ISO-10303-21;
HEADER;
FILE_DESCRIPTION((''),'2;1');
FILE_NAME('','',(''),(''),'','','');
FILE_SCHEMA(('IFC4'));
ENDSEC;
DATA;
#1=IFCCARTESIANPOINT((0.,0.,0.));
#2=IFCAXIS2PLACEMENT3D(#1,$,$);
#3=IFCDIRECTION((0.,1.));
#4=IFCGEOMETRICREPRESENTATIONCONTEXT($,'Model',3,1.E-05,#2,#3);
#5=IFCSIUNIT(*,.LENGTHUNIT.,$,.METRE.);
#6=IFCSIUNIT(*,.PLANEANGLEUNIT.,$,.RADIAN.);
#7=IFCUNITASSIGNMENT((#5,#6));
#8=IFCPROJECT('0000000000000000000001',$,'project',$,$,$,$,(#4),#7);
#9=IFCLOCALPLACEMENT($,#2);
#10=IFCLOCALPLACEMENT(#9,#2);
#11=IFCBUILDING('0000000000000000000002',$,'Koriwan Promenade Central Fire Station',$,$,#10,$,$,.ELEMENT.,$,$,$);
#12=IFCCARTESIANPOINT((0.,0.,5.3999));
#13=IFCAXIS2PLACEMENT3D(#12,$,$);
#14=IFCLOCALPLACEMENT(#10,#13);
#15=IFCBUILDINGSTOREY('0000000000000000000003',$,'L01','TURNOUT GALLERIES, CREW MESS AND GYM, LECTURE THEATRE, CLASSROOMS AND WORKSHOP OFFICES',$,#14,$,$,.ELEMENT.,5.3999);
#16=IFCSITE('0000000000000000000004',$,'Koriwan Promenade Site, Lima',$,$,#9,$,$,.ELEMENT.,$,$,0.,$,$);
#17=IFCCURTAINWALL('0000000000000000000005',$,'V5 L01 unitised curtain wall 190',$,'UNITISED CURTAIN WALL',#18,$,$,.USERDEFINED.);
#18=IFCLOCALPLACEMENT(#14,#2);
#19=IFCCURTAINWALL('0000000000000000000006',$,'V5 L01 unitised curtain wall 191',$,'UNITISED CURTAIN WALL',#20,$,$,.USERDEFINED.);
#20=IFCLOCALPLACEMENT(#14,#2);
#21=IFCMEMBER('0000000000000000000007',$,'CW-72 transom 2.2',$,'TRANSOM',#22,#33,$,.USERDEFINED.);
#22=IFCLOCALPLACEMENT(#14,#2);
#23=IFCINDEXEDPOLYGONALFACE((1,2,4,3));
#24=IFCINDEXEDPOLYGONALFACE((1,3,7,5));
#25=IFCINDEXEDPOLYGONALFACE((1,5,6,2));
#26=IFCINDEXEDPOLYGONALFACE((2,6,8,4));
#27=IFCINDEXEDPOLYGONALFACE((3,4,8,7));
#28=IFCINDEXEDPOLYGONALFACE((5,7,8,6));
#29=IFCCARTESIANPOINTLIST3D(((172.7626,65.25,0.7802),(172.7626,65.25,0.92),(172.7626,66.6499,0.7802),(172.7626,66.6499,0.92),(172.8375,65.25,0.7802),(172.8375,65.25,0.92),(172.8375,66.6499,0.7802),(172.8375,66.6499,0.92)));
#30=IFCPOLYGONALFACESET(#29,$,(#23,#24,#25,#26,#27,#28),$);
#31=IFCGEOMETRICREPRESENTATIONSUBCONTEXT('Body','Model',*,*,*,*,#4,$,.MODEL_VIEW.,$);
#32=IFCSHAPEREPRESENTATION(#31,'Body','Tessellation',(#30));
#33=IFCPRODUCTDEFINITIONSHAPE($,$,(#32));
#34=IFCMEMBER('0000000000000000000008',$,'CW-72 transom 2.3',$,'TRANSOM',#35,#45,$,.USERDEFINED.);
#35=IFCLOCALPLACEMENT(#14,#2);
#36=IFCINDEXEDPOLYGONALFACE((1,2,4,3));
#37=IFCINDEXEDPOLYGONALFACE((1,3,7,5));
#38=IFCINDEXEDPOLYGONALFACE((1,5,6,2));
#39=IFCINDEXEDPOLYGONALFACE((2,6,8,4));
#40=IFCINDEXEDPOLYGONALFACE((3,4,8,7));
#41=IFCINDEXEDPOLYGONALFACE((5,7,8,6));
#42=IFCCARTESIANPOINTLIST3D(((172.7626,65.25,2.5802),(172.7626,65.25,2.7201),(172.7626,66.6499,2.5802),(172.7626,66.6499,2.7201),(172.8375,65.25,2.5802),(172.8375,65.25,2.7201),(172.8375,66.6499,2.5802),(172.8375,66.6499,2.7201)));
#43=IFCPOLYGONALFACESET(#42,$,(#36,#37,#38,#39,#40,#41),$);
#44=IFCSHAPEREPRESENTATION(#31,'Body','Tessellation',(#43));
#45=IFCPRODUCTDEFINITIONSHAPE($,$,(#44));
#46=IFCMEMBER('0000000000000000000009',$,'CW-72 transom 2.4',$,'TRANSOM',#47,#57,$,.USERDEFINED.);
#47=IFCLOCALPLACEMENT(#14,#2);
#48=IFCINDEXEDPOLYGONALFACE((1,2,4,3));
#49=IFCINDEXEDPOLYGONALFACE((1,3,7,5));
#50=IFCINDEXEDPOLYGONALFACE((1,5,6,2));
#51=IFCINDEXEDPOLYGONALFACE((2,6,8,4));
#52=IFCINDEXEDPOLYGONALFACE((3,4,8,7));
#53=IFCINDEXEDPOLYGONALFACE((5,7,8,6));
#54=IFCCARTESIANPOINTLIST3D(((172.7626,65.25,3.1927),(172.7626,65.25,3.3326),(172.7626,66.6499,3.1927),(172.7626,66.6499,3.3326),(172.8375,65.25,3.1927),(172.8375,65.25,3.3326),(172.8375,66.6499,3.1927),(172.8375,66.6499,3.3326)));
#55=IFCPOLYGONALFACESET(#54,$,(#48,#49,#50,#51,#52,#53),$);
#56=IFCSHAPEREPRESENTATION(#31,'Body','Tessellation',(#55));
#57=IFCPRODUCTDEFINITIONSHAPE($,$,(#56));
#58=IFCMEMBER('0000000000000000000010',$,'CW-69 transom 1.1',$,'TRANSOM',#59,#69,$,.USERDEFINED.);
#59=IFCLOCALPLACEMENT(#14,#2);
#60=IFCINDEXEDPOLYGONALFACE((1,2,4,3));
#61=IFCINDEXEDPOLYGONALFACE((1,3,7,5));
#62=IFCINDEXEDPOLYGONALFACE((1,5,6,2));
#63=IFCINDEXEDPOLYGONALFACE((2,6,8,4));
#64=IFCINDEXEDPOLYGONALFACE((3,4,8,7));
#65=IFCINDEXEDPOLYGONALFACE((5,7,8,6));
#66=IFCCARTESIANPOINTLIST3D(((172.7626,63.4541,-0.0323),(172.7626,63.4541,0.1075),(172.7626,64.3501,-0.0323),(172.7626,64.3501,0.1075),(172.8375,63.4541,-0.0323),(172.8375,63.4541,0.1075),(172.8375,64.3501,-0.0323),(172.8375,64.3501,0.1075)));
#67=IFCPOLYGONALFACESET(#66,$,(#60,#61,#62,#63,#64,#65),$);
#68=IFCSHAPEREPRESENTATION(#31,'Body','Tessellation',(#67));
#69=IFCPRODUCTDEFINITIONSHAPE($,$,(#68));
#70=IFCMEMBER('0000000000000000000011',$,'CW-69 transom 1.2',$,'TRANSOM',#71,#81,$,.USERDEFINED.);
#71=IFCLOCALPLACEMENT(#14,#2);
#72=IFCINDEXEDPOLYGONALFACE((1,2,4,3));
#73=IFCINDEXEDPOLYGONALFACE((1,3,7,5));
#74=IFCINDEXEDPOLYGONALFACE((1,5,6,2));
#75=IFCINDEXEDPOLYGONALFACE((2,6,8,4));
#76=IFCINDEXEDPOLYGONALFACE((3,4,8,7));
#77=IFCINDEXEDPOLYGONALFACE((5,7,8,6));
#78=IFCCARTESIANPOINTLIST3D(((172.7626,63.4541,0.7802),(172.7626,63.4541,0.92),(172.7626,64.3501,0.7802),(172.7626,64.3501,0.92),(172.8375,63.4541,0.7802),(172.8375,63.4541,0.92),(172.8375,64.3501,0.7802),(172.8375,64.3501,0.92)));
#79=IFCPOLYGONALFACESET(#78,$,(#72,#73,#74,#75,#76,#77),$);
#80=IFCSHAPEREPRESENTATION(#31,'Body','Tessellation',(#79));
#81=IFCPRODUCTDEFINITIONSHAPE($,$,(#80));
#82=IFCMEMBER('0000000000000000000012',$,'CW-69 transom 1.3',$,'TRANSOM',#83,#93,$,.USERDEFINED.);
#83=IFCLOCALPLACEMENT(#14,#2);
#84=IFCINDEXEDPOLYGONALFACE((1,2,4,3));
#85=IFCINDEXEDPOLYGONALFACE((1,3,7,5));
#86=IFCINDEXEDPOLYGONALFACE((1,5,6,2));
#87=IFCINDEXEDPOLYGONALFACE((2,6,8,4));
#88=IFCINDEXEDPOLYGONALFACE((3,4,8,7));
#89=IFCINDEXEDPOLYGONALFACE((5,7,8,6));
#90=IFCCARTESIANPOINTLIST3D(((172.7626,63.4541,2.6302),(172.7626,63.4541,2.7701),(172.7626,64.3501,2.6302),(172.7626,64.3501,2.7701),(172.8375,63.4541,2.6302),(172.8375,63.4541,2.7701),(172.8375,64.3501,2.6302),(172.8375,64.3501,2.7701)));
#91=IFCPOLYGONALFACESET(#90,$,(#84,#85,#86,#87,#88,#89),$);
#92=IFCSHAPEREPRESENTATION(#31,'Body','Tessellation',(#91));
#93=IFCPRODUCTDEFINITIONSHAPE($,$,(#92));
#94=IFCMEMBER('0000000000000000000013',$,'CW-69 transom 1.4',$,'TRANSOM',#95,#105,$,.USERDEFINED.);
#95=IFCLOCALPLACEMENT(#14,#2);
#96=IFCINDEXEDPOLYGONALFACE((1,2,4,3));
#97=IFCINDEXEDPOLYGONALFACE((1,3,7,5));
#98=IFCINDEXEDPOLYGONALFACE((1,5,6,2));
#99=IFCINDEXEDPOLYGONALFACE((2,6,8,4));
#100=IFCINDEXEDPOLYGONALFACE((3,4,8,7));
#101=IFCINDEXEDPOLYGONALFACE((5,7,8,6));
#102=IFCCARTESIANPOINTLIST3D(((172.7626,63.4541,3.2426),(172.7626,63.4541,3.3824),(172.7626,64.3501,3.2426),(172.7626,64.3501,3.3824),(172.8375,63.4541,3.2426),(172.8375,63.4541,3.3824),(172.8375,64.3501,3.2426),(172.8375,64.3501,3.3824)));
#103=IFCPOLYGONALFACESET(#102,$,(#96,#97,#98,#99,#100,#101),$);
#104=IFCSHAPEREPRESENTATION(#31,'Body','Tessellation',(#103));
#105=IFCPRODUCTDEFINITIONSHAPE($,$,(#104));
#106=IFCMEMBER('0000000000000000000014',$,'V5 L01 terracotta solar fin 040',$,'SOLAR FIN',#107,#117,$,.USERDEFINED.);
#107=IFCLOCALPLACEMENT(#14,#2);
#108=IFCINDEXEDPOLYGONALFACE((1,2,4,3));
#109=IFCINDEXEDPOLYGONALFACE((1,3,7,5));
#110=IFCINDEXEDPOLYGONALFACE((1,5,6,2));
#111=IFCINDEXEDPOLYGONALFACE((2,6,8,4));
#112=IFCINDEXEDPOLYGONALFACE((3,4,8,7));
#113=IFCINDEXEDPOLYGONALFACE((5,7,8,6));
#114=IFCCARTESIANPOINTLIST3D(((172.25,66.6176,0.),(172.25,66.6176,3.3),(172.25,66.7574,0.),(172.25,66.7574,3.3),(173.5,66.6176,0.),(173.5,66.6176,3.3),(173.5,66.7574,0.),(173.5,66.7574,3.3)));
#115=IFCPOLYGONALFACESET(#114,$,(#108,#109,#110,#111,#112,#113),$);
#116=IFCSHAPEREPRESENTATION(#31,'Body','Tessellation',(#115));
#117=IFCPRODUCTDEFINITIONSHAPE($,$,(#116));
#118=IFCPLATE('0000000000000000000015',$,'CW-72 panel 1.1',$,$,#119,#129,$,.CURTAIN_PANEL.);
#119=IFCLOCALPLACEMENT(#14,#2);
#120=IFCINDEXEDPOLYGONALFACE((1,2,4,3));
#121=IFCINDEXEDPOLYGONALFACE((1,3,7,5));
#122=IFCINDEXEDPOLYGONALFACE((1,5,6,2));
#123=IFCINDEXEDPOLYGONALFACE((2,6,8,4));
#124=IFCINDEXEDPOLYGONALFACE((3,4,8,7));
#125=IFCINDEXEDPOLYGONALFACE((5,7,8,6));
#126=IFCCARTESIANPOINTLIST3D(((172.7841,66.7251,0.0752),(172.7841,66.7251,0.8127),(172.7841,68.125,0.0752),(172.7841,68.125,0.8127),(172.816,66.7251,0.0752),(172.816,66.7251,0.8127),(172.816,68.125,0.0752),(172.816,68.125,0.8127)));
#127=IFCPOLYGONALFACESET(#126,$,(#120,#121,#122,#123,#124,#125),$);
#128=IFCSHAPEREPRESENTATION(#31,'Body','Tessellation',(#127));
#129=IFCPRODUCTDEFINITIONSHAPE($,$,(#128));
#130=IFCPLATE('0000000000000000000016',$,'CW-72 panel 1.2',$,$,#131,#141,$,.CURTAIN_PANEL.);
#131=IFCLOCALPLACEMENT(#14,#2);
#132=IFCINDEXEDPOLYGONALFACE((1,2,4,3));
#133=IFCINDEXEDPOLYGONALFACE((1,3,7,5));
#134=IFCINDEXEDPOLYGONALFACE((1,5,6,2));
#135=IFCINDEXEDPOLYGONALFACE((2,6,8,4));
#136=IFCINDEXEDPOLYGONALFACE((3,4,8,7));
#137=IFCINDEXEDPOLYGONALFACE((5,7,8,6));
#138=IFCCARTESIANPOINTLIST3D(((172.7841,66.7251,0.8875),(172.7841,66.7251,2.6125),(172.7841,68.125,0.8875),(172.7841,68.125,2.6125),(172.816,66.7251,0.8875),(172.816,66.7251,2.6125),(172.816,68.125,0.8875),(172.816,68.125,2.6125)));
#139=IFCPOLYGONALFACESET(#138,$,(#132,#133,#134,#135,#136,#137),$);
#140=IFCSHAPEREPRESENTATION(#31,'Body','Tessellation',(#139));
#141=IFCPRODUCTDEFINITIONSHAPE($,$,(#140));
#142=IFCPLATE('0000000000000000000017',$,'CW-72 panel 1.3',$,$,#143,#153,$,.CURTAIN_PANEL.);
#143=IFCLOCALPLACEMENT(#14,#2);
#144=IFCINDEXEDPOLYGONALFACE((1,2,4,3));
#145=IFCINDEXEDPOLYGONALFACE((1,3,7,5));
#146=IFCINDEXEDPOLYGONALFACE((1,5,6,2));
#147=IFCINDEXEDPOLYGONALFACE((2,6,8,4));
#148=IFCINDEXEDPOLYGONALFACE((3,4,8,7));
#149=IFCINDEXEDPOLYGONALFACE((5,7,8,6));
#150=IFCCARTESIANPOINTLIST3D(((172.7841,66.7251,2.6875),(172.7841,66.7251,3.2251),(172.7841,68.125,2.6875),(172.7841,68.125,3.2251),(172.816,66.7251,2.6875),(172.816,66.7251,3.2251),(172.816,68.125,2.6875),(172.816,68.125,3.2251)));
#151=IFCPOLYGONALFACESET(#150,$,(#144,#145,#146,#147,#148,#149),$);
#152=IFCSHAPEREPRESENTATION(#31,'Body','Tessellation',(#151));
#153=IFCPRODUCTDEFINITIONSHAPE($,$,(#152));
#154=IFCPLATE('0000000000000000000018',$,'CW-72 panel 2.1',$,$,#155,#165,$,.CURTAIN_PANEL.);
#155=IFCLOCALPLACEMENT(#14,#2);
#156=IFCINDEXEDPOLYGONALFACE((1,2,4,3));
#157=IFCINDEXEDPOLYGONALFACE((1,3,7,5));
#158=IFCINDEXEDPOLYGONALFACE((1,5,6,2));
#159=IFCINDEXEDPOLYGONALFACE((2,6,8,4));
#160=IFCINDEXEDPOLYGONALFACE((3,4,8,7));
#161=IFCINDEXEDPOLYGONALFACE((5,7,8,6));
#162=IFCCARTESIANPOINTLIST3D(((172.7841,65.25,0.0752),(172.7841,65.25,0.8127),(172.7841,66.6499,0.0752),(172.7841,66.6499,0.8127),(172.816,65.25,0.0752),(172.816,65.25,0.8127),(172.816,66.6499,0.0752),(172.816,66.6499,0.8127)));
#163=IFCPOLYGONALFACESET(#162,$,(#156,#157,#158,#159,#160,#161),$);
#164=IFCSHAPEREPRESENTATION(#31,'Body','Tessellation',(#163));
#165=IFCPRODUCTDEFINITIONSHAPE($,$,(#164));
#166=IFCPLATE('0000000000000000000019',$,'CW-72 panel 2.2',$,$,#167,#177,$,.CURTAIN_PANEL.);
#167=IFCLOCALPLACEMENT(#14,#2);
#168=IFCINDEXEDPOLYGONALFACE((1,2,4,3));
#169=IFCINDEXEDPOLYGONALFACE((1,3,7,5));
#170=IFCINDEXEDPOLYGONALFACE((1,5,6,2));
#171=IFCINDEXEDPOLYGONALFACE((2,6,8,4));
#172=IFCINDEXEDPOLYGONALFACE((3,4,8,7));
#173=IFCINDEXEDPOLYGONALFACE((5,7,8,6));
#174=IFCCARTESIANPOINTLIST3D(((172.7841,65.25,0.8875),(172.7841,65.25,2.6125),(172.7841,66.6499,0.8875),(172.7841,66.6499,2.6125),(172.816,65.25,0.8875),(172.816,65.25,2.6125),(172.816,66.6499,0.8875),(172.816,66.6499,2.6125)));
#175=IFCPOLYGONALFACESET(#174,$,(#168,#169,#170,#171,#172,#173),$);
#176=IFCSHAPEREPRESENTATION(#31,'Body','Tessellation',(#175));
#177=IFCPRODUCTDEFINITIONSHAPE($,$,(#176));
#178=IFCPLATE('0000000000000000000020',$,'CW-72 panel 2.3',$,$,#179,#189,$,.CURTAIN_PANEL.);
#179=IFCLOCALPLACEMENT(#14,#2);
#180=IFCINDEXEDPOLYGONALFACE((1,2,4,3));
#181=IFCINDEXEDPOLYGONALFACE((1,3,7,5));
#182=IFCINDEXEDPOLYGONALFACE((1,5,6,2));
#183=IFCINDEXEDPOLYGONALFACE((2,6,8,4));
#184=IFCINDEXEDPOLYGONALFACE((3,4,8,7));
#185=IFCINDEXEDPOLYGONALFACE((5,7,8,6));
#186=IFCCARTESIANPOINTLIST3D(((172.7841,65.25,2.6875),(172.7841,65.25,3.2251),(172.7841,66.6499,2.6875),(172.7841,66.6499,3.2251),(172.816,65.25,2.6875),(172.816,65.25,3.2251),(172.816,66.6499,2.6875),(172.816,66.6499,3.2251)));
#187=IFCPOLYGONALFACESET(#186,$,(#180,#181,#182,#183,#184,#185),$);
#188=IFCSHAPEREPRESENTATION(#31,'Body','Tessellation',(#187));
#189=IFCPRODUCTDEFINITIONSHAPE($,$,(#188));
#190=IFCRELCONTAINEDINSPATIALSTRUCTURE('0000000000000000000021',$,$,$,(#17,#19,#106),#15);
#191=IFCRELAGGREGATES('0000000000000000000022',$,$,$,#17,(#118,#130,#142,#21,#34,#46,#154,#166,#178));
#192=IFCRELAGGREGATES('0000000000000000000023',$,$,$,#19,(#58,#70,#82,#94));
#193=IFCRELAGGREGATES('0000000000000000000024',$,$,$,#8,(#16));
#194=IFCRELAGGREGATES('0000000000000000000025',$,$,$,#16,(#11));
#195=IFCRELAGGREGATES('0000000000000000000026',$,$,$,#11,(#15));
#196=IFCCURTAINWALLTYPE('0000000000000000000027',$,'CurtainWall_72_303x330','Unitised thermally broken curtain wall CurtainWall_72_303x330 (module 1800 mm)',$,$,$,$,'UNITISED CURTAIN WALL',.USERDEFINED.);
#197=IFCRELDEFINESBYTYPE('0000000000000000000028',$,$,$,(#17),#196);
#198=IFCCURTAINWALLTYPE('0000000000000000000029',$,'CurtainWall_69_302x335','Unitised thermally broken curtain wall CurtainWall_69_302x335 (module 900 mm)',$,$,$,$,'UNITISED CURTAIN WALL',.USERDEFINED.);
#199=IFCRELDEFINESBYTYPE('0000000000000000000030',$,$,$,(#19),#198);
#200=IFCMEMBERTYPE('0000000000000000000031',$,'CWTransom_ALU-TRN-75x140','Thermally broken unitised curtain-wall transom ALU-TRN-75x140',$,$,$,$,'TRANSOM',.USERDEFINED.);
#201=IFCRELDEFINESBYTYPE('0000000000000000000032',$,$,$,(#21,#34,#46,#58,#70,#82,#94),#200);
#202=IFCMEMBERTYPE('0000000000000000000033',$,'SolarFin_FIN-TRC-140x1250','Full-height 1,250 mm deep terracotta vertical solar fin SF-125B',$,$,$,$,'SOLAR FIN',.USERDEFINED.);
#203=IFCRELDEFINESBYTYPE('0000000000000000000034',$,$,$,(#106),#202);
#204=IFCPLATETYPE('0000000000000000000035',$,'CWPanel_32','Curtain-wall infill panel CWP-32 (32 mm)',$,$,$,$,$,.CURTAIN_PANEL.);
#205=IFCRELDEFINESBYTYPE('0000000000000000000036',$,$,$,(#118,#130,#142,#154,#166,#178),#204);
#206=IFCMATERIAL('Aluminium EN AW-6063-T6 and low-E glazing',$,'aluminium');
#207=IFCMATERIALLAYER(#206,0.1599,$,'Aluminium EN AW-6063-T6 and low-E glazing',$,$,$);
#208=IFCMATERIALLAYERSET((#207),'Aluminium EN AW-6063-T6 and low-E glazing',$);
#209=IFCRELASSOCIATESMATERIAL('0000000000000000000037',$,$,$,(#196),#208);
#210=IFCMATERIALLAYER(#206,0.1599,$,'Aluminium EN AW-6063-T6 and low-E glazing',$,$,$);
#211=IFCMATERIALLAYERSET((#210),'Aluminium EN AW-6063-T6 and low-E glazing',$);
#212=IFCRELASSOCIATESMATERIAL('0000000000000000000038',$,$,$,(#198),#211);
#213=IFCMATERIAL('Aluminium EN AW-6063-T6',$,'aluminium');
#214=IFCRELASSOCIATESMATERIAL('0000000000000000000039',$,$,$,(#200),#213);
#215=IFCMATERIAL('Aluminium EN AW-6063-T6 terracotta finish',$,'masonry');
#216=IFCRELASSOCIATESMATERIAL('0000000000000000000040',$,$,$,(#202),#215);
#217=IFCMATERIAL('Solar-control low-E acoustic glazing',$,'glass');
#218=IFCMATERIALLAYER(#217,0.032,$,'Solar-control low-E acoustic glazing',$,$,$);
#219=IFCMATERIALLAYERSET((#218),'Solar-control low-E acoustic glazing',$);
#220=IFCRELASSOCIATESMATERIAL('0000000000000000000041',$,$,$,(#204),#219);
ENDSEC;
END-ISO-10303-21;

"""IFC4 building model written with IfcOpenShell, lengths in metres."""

from ifc_helpers import new_model, si_unit, direction, frame, origin, origin_2d, place, context, subcontext, project, spatial, rectangle, extrude, material, layer, layer_set, material_profile, profile_set, type_object, element, aggregate, save


model = new_model("IFC4")

# Units and contexts
model_context = context("Model", 3, precision=1e-05, world=origin(), true_north=direction((0.0, 1.0)))
body_context = subcontext(model_context, "Body", "Model", "MODEL_VIEW")
ifc_project = project(units=[si_unit("LENGTHUNIT", "METRE"), si_unit("PLANEANGLEUNIT", "RADIAN")], contexts=[model_context])

# Site, building, storey
site_placement = place(None, origin())
site = spatial("IfcSite", under=ifc_project, at=site_placement, Name="Koriwan Promenade Site, Lima", CompositionType="ELEMENT", RefElevation=0.0)
building_placement = place(site_placement, origin())
building = spatial("IfcBuilding", under=site, at=building_placement, Name="Koriwan Promenade Central Fire Station", CompositionType="ELEMENT")
storey_placement = place(building_placement, frame((0.0, 0.0, 5.3999)))
storey = spatial("IfcBuildingStorey", under=building, at=storey_placement, Name="L01", Description="TURNOUT GALLERIES, CREW MESS AND GYM, LECTURE THEATRE, CLASSROOMS AND WORKSHOP OFFICES", CompositionType="ELEMENT", Elevation=5.3999)

# Curtain wall
ifc_material_1 = material(Name="Aluminium EN AW-6063-T6 and low-E glazing", Category="aluminium")
ifc_layer_1 = layer(ifc_material_1, 0.1599, Name="Aluminium EN AW-6063-T6 and low-E glazing")
ifc_layer_set_1 = layer_set([ifc_layer_1], Name="Aluminium EN AW-6063-T6 and low-E glazing")
curtain_wall_type_1 = type_object("IfcCurtainWallType", Name="CurtainWall_72_303x330", Description="Unitised thermally broken curtain wall CurtainWall_72_303x330 (module 1800 mm)", ElementType="UNITISED CURTAIN WALL", PredefinedType="USERDEFINED", material=ifc_layer_set_1)
curtain_wall_1_placement = place(storey_placement, origin())
curtain_wall_1 = element("IfcCurtainWall", 1, at=curtain_wall_1_placement, inside=storey, type_object=curtain_wall_type_1, Name="V5 L01 unitised curtain wall 190", ObjectType="UNITISED CURTAIN WALL", PredefinedType="USERDEFINED")
ifc_material_2 = material(Name="Aluminium EN AW-6063-T6", Category="aluminium")

# Curtain wall
ifc_layer_2 = layer(ifc_material_1, 0.1599, Name="Aluminium EN AW-6063-T6 and low-E glazing")
ifc_layer_set_2 = layer_set([ifc_layer_2], Name="Aluminium EN AW-6063-T6 and low-E glazing")
curtain_wall_type_2 = type_object("IfcCurtainWallType", Name="CurtainWall_69_302x335", Description="Unitised thermally broken curtain wall CurtainWall_69_302x335 (module 900 mm)", ElementType="UNITISED CURTAIN WALL", PredefinedType="USERDEFINED", material=ifc_layer_set_2)
curtain_wall_2_placement = place(storey_placement, origin())
curtain_wall_2 = element("IfcCurtainWall", 2, at=curtain_wall_2_placement, inside=storey, type_object=curtain_wall_type_2, Name="V5 L01 unitised curtain wall 191", ObjectType="UNITISED CURTAIN WALL", PredefinedType="USERDEFINED")

# Members
ifc_material_profile_1 = material_profile(ifc_material_2, rectangle(XDim=0.075, YDim=0.1399, at=origin_2d()), Name="ALU-TRN-75x140")
ifc_profile_set_1 = profile_set([ifc_material_profile_1], Name="Aluminium EN AW-6063-T6")
member_type_1 = type_object("IfcMemberType", Name="CWTransom_ALU-TRN-75x140", Description="Thermally broken unitised curtain-wall transom ALU-TRN-75x140", ElementType="TRANSOM", PredefinedType="USERDEFINED", material=ifc_profile_set_1)
member_1_placement = place(storey_placement, frame((172.8, 66.6499, 0.8501), z_axis=(0.0, -1.0, 0.0), x_axis=(1.0, 0.0, 0.0)))
member_1 = element("IfcMember", 3, at=member_1_placement, type_object=member_type_1, Name="CW-72 transom 2.2", ObjectType="TRANSOM", PredefinedType="USERDEFINED", context=body_context, shape_type="SweptSolid", body=[
    extrude(rectangle(XDim=0.075, YDim=0.1399, at=origin_2d()), origin(), (0.0, 0.0, 1.0), 1.3999),
])
member_2_placement = place(storey_placement, frame((172.8, 66.6499, 2.6501), z_axis=(0.0, -1.0, 0.0), x_axis=(1.0, 0.0, 0.0)))
member_2 = element("IfcMember", 4, at=member_2_placement, type_object=member_type_1, Name="CW-72 transom 2.3", ObjectType="TRANSOM", PredefinedType="USERDEFINED", context=body_context, shape_type="SweptSolid", body=[
    extrude(rectangle(XDim=0.075, YDim=0.1399, at=origin_2d()), origin(), (0.0, 0.0, 1.0), 1.3999),
])
member_3_placement = place(storey_placement, frame((172.8, 66.6499, 3.2627), z_axis=(0.0, -1.0, 0.0), x_axis=(1.0, 0.0, 0.0)))
member_3 = element("IfcMember", 5, at=member_3_placement, type_object=member_type_1, Name="CW-72 transom 2.4", ObjectType="TRANSOM", PredefinedType="USERDEFINED", context=body_context, shape_type="SweptSolid", body=[
    extrude(rectangle(XDim=0.075, YDim=0.1399, at=origin_2d()), origin(), (0.0, 0.0, 1.0), 1.3999),
])
member_4_placement = place(storey_placement, frame((172.8, 64.3501, 0.0376), z_axis=(0.0, -1.0, 0.0), x_axis=(1.0, 0.0, 0.0)))
member_4 = element("IfcMember", 6, at=member_4_placement, type_object=member_type_1, Name="CW-69 transom 1.1", ObjectType="TRANSOM", PredefinedType="USERDEFINED", context=body_context, shape_type="SweptSolid", body=[
    extrude(rectangle(XDim=0.075, YDim=0.1399, at=origin_2d()), origin(), (0.0, 0.0, 1.0), 0.896),
])
member_5_placement = place(storey_placement, frame((172.8, 64.3501, 0.8501), z_axis=(0.0, -1.0, 0.0), x_axis=(1.0, 0.0, 0.0)))
member_5 = element("IfcMember", 7, at=member_5_placement, type_object=member_type_1, Name="CW-69 transom 1.2", ObjectType="TRANSOM", PredefinedType="USERDEFINED", context=body_context, shape_type="SweptSolid", body=[
    extrude(rectangle(XDim=0.075, YDim=0.1399, at=origin_2d()), origin(), (0.0, 0.0, 1.0), 0.896),
])
member_6_placement = place(storey_placement, frame((172.8, 64.3501, 2.7002), z_axis=(0.0, -1.0, 0.0), x_axis=(1.0, 0.0, 0.0)))
member_6 = element("IfcMember", 8, at=member_6_placement, type_object=member_type_1, Name="CW-69 transom 1.3", ObjectType="TRANSOM", PredefinedType="USERDEFINED", context=body_context, shape_type="SweptSolid", body=[
    extrude(rectangle(XDim=0.075, YDim=0.1399, at=origin_2d()), origin(), (0.0, 0.0, 1.0), 0.896),
])
member_7_placement = place(storey_placement, frame((172.8, 64.3501, 3.3125), z_axis=(0.0, -1.0, 0.0), x_axis=(1.0, 0.0, 0.0)))
member_7 = element("IfcMember", 9, at=member_7_placement, type_object=member_type_1, Name="CW-69 transom 1.4", ObjectType="TRANSOM", PredefinedType="USERDEFINED", context=body_context, shape_type="SweptSolid", body=[
    extrude(rectangle(XDim=0.075, YDim=0.1399, at=origin_2d()), origin(), (0.0, 0.0, 1.0), 0.896),
])
ifc_material_3 = material(Name="Aluminium EN AW-6063-T6 terracotta finish", Category="masonry")
ifc_material_profile_2 = material_profile(ifc_material_3, rectangle(XDim=0.1399, YDim=1.25, at=origin_2d()), Name="FIN-TRC-140x1250")
ifc_profile_set_2 = profile_set([ifc_material_profile_2], Name="Aluminium EN AW-6063-T6 terracotta finish")
member_type_2 = type_object("IfcMemberType", Name="SolarFin_FIN-TRC-140x1250", Description="Full-height 1,250 mm deep terracotta vertical solar fin SF-125B", ElementType="SOLAR FIN", PredefinedType="USERDEFINED", material=ifc_profile_set_2)
member_8_placement = place(storey_placement, frame((172.875, 66.6875, 0.0), z_axis=(0.0, 0.0, 1.0), x_axis=(0.0, -1.0, 0.0)))
element("IfcMember", 10, at=member_8_placement, inside=storey, type_object=member_type_2, Name="V5 L01 terracotta solar fin 040", ObjectType="SOLAR FIN", PredefinedType="USERDEFINED", context=body_context, shape_type="SweptSolid", body=[
    extrude(rectangle(XDim=0.1399, YDim=1.25, at=origin_2d()), origin(), (0.0, 0.0, 1.0), 3.3),
])

# Plates
ifc_material_4 = material(Name="Solar-control low-E acoustic glazing", Category="glass")
ifc_layer_3 = layer(ifc_material_4, 0.032, Name="Solar-control low-E acoustic glazing")
ifc_layer_set_3 = layer_set([ifc_layer_3], Name="Solar-control low-E acoustic glazing")
plate_type = type_object("IfcPlateType", Name="CWPanel_32", Description="Curtain-wall infill panel CWP-32 (32 mm)", PredefinedType="CURTAIN_PANEL", material=ifc_layer_set_3)
plate_1_placement = place(storey_placement, frame((172.8, 67.425, 0.0752), z_axis=(0.0, 0.0, 1.0), x_axis=(0.0, -1.0, 0.0)))
plate_1 = element("IfcPlate", 11, at=plate_1_placement, type_object=plate_type, Name="CW-72 panel 1.1", PredefinedType="CURTAIN_PANEL", context=body_context, shape_type="SweptSolid", body=[
    extrude(rectangle(XDim=1.3999, YDim=0.032, at=origin_2d()), origin(), (0.0, 0.0, 1.0), 0.7375),
])
plate_2_placement = place(storey_placement, frame((172.8, 67.425, 0.8875), z_axis=(0.0, 0.0, 1.0), x_axis=(0.0, -1.0, 0.0)))
plate_2 = element("IfcPlate", 12, at=plate_2_placement, type_object=plate_type, Name="CW-72 panel 1.2", PredefinedType="CURTAIN_PANEL", context=body_context, shape_type="SweptSolid", body=[
    extrude(rectangle(XDim=1.3999, YDim=0.032, at=origin_2d()), origin(), (0.0, 0.0, 1.0), 1.7251),
])
plate_3_placement = place(storey_placement, frame((172.8, 67.425, 2.6875), z_axis=(0.0, 0.0, 1.0), x_axis=(0.0, -1.0, 0.0)))
plate_3 = element("IfcPlate", 13, at=plate_3_placement, type_object=plate_type, Name="CW-72 panel 1.3", PredefinedType="CURTAIN_PANEL", context=body_context, shape_type="SweptSolid", body=[
    extrude(rectangle(XDim=1.3999, YDim=0.032, at=origin_2d()), origin(), (0.0, 0.0, 1.0), 0.5376),
])
plate_4_placement = place(storey_placement, frame((172.8, 65.95, 0.0752), z_axis=(0.0, 0.0, 1.0), x_axis=(0.0, -1.0, 0.0)))
plate_4 = element("IfcPlate", 14, at=plate_4_placement, type_object=plate_type, Name="CW-72 panel 2.1", PredefinedType="CURTAIN_PANEL", context=body_context, shape_type="SweptSolid", body=[
    extrude(rectangle(XDim=1.3999, YDim=0.032, at=origin_2d()), origin(), (0.0, 0.0, 1.0), 0.7375),
])
plate_5_placement = place(storey_placement, frame((172.8, 65.95, 0.8875), z_axis=(0.0, 0.0, 1.0), x_axis=(0.0, -1.0, 0.0)))
plate_5 = element("IfcPlate", 15, at=plate_5_placement, type_object=plate_type, Name="CW-72 panel 2.2", PredefinedType="CURTAIN_PANEL", context=body_context, shape_type="SweptSolid", body=[
    extrude(rectangle(XDim=1.3999, YDim=0.032, at=origin_2d()), origin(), (0.0, 0.0, 1.0), 1.7251),
])
plate_6_placement = place(storey_placement, frame((172.8, 65.95, 2.6875), z_axis=(0.0, 0.0, 1.0), x_axis=(0.0, -1.0, 0.0)))
plate_6 = element("IfcPlate", 16, at=plate_6_placement, type_object=plate_type, Name="CW-72 panel 2.3", PredefinedType="CURTAIN_PANEL", context=body_context, shape_type="SweptSolid", body=[
    extrude(rectangle(XDim=1.3999, YDim=0.032, at=origin_2d()), origin(), (0.0, 0.0, 1.0), 0.5376),
])
aggregate(curtain_wall_1, [plate_1, plate_2, plate_3, member_1, member_2, member_3, plate_4, plate_5, plate_6])
aggregate(curtain_wall_2, [member_4, member_5, member_6, member_7])

save(model, "model.ifc")
